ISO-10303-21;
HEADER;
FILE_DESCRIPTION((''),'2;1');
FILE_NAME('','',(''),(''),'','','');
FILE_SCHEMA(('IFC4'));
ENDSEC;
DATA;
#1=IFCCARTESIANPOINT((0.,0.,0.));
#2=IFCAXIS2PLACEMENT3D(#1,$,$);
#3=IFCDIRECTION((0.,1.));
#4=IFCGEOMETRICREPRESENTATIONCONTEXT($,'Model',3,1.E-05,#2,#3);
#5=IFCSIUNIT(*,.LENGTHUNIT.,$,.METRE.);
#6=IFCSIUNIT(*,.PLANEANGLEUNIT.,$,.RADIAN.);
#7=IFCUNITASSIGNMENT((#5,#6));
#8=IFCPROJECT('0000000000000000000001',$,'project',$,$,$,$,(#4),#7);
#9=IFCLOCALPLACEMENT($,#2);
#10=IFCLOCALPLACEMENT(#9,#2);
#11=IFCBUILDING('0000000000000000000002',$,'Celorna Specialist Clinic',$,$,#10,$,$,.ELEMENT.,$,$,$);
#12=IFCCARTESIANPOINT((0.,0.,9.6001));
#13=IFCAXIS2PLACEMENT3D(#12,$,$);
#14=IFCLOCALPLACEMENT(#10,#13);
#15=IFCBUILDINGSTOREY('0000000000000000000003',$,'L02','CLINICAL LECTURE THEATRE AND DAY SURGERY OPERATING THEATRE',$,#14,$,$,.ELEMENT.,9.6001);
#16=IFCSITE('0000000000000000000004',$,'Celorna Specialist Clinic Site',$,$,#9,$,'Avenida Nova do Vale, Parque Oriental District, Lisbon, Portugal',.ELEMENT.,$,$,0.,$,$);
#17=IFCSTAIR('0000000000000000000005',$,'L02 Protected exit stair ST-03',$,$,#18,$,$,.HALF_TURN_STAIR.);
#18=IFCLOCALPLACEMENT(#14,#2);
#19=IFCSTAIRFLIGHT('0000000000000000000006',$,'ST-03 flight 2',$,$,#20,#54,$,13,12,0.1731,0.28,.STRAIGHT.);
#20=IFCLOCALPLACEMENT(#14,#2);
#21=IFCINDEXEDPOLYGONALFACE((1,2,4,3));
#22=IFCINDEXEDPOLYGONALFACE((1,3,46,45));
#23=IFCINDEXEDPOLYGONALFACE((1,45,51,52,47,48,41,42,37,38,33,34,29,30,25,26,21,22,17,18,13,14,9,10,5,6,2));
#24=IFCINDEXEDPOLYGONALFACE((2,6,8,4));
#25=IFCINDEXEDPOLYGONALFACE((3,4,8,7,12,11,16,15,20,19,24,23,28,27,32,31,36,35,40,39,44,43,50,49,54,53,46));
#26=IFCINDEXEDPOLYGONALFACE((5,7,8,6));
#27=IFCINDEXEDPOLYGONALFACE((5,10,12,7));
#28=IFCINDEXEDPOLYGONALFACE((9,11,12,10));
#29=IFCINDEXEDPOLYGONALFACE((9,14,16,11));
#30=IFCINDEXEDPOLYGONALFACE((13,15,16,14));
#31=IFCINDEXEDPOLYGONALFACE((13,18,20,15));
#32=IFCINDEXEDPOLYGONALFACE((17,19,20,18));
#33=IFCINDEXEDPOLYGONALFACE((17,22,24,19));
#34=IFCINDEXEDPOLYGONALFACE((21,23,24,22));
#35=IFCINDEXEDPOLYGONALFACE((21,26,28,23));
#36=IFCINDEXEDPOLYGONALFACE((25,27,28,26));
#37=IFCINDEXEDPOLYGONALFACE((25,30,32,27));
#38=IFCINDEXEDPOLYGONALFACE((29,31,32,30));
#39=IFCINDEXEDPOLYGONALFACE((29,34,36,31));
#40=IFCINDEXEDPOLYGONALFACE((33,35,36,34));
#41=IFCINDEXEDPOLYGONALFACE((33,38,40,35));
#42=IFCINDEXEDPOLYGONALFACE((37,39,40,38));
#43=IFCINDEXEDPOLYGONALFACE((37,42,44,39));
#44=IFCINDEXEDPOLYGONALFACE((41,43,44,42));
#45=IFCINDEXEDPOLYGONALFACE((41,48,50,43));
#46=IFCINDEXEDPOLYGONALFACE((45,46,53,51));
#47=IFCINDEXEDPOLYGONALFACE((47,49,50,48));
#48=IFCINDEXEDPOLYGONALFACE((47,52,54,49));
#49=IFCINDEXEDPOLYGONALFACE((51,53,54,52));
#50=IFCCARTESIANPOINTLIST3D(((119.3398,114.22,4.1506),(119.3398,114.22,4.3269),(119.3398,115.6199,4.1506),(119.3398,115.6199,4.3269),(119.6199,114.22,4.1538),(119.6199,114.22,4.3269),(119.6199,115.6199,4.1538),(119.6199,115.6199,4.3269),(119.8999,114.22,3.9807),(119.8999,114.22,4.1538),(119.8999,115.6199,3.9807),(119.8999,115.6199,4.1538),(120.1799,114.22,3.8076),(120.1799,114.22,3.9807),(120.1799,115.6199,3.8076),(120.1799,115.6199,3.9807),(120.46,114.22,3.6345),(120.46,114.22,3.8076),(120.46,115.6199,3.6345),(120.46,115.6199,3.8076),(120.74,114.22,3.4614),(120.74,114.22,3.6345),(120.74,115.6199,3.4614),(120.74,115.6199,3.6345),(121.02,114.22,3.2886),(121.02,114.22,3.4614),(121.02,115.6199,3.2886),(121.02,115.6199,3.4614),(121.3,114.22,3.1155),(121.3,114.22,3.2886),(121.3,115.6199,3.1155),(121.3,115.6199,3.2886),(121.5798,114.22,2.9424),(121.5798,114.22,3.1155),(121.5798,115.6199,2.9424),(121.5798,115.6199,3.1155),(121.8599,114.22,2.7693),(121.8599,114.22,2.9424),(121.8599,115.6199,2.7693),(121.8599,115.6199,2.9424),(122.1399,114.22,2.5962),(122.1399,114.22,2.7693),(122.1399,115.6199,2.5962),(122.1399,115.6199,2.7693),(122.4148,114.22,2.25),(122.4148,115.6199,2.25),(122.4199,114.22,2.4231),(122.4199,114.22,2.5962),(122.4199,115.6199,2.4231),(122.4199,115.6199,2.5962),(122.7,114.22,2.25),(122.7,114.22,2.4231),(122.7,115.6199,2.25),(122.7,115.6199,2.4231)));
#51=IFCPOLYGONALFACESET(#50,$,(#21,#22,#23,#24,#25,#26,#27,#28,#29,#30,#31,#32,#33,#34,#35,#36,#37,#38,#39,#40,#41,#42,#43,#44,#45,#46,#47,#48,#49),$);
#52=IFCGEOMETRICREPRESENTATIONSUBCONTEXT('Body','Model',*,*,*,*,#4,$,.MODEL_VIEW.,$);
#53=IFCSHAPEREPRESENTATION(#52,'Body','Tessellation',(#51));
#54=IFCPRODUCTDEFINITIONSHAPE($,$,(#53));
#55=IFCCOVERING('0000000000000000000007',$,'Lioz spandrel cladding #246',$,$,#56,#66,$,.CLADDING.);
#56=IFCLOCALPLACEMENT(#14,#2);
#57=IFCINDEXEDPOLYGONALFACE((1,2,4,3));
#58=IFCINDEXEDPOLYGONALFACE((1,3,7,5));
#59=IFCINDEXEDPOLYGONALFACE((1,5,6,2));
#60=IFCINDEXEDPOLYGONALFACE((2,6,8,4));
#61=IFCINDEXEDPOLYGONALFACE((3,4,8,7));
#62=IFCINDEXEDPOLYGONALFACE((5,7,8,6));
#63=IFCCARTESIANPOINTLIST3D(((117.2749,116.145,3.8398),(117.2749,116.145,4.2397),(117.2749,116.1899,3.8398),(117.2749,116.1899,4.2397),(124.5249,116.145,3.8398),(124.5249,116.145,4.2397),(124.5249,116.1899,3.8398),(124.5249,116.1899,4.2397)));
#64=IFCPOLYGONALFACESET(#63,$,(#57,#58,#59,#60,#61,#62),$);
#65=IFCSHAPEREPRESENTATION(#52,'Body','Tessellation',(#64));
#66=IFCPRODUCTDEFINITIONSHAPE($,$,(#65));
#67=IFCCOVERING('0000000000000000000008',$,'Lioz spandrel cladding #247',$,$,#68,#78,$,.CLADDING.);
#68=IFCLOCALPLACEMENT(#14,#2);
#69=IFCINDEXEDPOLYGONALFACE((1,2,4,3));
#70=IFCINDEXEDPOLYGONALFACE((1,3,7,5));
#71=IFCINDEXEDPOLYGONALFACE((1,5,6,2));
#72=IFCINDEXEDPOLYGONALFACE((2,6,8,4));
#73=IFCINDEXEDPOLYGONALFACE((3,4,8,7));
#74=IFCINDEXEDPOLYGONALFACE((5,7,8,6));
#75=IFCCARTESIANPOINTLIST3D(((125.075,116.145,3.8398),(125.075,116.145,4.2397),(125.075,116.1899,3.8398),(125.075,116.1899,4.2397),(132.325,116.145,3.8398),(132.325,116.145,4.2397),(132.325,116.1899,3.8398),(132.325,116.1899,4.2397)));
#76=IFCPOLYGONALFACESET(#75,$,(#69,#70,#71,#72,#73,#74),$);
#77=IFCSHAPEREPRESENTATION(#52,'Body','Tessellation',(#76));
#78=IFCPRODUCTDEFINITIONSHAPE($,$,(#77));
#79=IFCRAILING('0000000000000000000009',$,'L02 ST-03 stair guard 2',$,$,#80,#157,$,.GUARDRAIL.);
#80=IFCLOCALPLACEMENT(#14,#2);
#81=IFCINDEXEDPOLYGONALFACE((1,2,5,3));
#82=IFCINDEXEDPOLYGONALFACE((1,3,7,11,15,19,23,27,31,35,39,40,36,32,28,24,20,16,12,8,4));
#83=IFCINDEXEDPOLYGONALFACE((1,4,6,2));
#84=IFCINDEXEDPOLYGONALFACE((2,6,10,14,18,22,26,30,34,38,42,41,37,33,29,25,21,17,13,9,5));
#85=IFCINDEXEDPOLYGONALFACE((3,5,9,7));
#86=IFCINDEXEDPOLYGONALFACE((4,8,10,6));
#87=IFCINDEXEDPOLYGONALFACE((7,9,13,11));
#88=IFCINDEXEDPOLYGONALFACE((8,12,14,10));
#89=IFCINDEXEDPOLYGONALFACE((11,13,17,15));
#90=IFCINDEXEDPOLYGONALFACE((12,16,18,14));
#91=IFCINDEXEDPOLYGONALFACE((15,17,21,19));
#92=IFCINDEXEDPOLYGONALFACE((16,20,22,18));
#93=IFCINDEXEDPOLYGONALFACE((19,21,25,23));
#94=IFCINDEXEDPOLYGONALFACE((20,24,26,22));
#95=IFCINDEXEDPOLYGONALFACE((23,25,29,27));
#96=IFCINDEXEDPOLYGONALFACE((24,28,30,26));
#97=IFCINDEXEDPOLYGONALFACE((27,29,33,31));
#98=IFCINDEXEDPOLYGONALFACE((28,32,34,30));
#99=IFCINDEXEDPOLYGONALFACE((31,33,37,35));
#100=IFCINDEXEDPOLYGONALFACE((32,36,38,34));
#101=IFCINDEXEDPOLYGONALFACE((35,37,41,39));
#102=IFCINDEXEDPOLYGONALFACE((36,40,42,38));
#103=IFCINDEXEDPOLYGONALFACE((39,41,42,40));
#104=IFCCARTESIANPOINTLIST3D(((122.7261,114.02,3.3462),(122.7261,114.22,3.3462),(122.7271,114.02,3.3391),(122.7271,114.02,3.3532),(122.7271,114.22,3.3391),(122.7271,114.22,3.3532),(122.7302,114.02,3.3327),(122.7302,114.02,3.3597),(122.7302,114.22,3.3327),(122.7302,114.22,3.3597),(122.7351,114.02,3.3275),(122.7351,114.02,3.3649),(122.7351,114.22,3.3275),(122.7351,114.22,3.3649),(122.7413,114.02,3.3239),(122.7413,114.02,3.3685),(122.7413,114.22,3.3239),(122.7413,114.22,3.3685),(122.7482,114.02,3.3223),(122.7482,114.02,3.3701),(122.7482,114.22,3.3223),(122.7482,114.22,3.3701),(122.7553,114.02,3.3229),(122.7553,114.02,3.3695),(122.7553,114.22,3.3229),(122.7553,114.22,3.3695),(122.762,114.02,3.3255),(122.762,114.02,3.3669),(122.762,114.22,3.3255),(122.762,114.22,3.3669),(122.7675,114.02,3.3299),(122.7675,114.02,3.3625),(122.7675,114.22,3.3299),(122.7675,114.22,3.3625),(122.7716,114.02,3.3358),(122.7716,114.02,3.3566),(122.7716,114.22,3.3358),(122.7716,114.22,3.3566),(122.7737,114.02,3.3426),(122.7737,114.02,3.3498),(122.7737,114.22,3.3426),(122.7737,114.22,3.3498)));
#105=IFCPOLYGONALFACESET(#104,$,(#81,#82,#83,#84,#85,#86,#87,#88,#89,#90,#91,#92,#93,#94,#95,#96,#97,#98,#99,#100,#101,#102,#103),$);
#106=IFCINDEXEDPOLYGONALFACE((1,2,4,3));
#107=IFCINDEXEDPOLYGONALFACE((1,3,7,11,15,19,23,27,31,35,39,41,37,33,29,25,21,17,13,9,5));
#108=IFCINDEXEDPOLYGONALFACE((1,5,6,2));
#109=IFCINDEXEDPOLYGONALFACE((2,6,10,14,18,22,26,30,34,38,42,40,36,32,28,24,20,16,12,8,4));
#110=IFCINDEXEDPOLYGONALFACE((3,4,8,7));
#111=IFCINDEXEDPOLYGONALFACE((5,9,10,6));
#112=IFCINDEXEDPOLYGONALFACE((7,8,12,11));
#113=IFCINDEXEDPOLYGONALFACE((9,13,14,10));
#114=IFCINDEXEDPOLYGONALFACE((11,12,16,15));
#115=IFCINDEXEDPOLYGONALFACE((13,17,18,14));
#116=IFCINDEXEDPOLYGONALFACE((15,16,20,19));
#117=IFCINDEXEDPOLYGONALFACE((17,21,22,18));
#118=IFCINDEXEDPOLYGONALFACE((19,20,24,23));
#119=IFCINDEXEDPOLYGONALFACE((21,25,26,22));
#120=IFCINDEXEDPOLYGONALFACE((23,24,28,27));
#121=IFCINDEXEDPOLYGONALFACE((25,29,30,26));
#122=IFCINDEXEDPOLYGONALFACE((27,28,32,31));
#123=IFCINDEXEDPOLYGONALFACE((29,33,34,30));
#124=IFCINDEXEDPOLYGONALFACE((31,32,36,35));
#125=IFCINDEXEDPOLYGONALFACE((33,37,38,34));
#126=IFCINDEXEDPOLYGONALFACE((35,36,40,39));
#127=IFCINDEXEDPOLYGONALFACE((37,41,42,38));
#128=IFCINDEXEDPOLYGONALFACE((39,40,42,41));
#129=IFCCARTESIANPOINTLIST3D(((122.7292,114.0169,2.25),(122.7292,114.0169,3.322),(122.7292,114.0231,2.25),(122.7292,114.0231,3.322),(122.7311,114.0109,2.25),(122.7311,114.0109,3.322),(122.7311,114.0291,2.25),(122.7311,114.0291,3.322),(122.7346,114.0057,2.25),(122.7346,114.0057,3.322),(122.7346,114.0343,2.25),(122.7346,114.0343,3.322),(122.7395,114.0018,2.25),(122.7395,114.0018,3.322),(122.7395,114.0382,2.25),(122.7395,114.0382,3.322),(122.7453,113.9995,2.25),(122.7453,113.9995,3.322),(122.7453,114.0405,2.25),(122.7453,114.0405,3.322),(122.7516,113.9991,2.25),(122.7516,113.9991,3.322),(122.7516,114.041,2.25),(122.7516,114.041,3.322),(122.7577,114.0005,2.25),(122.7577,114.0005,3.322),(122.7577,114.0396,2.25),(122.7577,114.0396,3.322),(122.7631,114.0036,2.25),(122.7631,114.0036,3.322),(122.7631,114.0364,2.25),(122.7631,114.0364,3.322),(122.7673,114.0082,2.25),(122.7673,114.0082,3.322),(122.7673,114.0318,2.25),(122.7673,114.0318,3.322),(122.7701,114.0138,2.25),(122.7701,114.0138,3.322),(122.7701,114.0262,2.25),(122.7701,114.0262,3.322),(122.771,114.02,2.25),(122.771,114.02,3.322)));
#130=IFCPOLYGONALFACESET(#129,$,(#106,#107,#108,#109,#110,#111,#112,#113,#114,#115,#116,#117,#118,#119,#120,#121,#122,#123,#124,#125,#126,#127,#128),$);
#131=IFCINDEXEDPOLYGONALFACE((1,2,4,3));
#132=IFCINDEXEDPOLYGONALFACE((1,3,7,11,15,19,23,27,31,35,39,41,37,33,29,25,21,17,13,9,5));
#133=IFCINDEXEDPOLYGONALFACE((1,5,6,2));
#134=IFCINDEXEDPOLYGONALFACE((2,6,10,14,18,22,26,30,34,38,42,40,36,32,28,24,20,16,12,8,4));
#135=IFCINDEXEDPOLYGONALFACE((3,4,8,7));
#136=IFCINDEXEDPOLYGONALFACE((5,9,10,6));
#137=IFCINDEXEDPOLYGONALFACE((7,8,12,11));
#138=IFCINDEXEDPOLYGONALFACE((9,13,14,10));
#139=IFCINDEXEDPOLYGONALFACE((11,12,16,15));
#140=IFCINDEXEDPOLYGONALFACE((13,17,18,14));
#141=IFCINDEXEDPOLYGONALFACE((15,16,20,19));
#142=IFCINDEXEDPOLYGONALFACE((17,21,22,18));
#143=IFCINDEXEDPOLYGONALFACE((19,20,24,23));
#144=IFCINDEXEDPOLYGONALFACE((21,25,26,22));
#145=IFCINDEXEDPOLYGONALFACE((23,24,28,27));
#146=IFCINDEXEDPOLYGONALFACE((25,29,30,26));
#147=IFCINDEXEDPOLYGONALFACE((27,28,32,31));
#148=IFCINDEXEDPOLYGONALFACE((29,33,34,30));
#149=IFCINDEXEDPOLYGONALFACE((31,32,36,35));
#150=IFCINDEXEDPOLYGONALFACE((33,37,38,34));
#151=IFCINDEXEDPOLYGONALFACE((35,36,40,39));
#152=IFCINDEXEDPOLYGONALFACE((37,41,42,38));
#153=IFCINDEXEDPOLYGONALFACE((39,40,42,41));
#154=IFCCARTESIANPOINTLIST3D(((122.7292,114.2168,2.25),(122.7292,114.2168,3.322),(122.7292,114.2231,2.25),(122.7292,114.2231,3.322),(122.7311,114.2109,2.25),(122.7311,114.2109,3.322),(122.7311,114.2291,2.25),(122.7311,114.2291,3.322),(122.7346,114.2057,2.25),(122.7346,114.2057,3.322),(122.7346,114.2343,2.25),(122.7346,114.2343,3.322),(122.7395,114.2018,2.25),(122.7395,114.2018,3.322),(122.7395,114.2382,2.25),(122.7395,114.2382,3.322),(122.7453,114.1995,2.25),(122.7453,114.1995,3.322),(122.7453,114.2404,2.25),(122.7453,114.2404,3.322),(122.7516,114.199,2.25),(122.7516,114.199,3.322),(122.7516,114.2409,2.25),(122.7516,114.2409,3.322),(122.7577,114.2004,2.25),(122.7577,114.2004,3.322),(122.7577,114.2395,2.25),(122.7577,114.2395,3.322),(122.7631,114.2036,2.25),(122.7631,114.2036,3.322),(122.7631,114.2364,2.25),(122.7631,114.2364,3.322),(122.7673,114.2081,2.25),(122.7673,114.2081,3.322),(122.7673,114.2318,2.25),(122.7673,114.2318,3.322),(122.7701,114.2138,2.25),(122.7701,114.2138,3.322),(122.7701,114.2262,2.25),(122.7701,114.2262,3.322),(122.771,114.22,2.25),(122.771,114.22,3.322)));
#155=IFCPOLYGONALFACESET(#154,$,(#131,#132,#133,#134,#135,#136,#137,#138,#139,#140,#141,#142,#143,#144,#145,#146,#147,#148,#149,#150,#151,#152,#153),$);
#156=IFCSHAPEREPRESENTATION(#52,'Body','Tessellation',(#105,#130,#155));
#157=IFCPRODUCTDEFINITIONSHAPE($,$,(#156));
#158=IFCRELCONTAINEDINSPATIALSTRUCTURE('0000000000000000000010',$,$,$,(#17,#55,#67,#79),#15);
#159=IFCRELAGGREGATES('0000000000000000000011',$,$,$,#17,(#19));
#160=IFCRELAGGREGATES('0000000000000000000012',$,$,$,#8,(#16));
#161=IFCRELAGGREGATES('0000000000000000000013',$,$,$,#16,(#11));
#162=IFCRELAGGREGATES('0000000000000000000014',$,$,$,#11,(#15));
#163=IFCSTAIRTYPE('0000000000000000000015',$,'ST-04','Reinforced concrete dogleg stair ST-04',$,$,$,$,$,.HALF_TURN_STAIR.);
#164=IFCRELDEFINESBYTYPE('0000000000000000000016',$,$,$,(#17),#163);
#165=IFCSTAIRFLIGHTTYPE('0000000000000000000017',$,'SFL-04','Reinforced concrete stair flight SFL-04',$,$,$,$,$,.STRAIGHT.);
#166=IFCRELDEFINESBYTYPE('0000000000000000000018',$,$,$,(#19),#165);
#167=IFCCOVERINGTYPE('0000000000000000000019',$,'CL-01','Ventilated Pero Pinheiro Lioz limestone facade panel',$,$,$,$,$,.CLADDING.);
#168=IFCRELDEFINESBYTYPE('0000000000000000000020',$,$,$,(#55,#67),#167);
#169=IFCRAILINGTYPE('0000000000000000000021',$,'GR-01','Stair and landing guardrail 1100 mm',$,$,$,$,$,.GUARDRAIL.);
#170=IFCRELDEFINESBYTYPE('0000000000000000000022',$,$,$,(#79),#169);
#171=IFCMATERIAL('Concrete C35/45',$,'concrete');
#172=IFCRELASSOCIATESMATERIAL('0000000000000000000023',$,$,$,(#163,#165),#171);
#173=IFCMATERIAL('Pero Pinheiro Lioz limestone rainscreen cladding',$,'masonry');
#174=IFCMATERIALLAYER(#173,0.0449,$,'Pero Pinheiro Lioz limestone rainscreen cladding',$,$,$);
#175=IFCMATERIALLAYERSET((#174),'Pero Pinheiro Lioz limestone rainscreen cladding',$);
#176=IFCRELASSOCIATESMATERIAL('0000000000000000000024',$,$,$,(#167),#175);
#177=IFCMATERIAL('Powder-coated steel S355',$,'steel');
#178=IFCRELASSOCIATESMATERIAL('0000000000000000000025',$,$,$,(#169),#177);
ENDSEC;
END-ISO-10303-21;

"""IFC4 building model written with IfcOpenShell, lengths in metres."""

from ifc_helpers import new_model, si_unit, direction, frame, origin, origin_2d, place, context, subcontext, project, spatial, polyline, rectangle, circle, outline, extrude, material, layer, layer_set, type_object, element, aggregate, save


model = new_model("IFC4")

# Units and contexts
model_context = context("Model", 3, precision=1e-05, world=origin(), true_north=direction((0.0, 1.0)))
body_context = subcontext(model_context, "Body", "Model", "MODEL_VIEW")
ifc_project = project(units=[si_unit("LENGTHUNIT", "METRE"), si_unit("PLANEANGLEUNIT", "RADIAN")], contexts=[model_context])

# Site, building, storey
site_placement = place(None, origin())
site = spatial("IfcSite", under=ifc_project, at=site_placement, Name="Celorna Specialist Clinic Site", LongName="Avenida Nova do Vale, Parque Oriental District, Lisbon, Portugal", CompositionType="ELEMENT", RefElevation=0.0)
building_placement = place(site_placement, origin())
building = spatial("IfcBuilding", under=site, at=building_placement, Name="Celorna Specialist Clinic", CompositionType="ELEMENT")
storey_placement = place(building_placement, frame((0.0, 0.0, 9.6001)))
storey = spatial("IfcBuildingStorey", under=building, at=storey_placement, Name="L02", Description="CLINICAL LECTURE THEATRE AND DAY SURGERY OPERATING THEATRE", CompositionType="ELEMENT", Elevation=9.6001)

# Shared definitions
ifc_material_1 = material(Name="Concrete C35/45", Category="concrete")

# Stair, stair flight
stair_type = type_object("IfcStairType", Name="ST-04", Description="Reinforced concrete dogleg stair ST-04", PredefinedType="HALF_TURN_STAIR", material=ifc_material_1)
stair_placement = place(storey_placement, origin())
stair = element("IfcStair", 1, at=stair_placement, inside=storey, type_object=stair_type, Name="L02 Protected exit stair ST-03", PredefinedType="HALF_TURN_STAIR")
stair_flight_type = type_object("IfcStairFlightType", Name="SFL-04", Description="Reinforced concrete stair flight SFL-04", PredefinedType="STRAIGHT", material=ifc_material_1)
stair_flight_placement = place(storey_placement, frame((122.7, 114.9199, 2.25), z_axis=(0.0, 0.0, 1.0), x_axis=(-1.0, 0.0, 0.0)))
stair_flight = element("IfcStairFlight", 2, at=stair_flight_placement, type_object=stair_flight_type, Name="ST-03 flight 2", NumberOfRisers=13, NumberOfTreads=12, PredefinedType="STRAIGHT", RiserHeight=0.1731, TreadLength=0.28, context=body_context, shape_type="SweptSolid", body=[
    extrude(outline(polyline([(0.0, 0.0), (0.0, 0.1731), (0.28, 0.1731), (0.28, 0.3462), (0.5601, 0.3462), (0.5601, 0.5193), (0.8401, 0.5193), (0.8401, 0.6924), (1.1201, 0.6924), (1.1201, 0.8655), (1.3999, 0.8655), (1.3999, 1.0386), (1.6799, 1.0386), (1.6799, 1.2114), (1.96, 1.2114), (1.96, 1.3845), (2.24, 1.3845), (2.24, 1.5576), (2.52, 1.5576), (2.52, 1.7307), (2.8, 1.7307), (2.8, 1.9038), (3.0801, 1.9038), (3.0801, 2.0769), (3.3601, 2.0769), (3.3601, 2.25), (3.3601, 1.9006), (0.2852, 0.0), (0.0, 0.0)])), frame((0.0, 0.7, 0.0), z_axis=(0.0, -1.0, 0.0), x_axis=(1.0, 0.0, 0.0)), (0.0, 0.0, 1.0), 1.3999),
])
aggregate(stair, [stair_flight])

# Coverings
ifc_material_2 = material(Name="Pero Pinheiro Lioz limestone rainscreen cladding", Category="masonry")
ifc_layer_1 = layer(ifc_material_2, 0.0449, Name="Pero Pinheiro Lioz limestone rainscreen cladding")
ifc_layer_set_1 = layer_set([ifc_layer_1], Name="Pero Pinheiro Lioz limestone rainscreen cladding")
covering_type = type_object("IfcCoveringType", Name="CL-01", Description="Ventilated Pero Pinheiro Lioz limestone facade panel", PredefinedType="CLADDING", material=ifc_layer_set_1)
for number, where, z_axis, x_axis, name in (
    (3, (120.8999, 116.1675, 3.8398), (0.0, 0.0, 1.0), (1.0, 0.0, 0.0), "Lioz spandrel cladding #246"),
    (4, (128.7, 116.1675, 3.8398), (0.0, 0.0, 1.0), (1.0, 0.0, 0.0), "Lioz spandrel cladding #247"),
):
    element("IfcCovering", number, at=place(storey_placement, frame(where, z_axis=z_axis, x_axis=x_axis)), inside=storey, type_object=covering_type, Name=name, PredefinedType="CLADDING", context=body_context, shape_type="SweptSolid", body=[
        extrude(rectangle(XDim=7.25, YDim=0.0449, at=origin_2d()), origin(), (0.0, 0.0, 1.0), 0.3999),
    ])

# Railing
ifc_material_3 = material(Name="Powder-coated steel S355", Category="steel")
railing_type_1 = type_object("IfcRailingType", Name="GR-01", Description="Stair and landing guardrail 1100 mm", PredefinedType="GUARDRAIL", material=ifc_material_3)
railing_1_placement = place(storey_placement, frame((122.75, 114.02, 2.25)))
element("IfcRailing", 5, at=railing_1_placement, inside=storey, type_object=railing_type_1, Name="L02 ST-03 stair guard 2", PredefinedType="GUARDRAIL", context=body_context, shape_type="SweptSolid", body=[
    extrude(circle(Radius=0.0239, at=origin_2d()), frame((0.0, 0.0, 1.0962), z_axis=(0.0, 1.0, 0.0), x_axis=(-1.0, 0.0, 0.0)), (0.0, 0.0, 1.0), 0.2),
    extrude(circle(Radius=0.021, at=origin_2d()), origin(), (0.0, 0.0, 1.0), 1.072),
    extrude(circle(Radius=0.021, at=origin_2d()), frame((0.0, 0.2, 0.0)), (0.0, 0.0, 1.0), 1.072),
])

save(model, "model.ifc")
